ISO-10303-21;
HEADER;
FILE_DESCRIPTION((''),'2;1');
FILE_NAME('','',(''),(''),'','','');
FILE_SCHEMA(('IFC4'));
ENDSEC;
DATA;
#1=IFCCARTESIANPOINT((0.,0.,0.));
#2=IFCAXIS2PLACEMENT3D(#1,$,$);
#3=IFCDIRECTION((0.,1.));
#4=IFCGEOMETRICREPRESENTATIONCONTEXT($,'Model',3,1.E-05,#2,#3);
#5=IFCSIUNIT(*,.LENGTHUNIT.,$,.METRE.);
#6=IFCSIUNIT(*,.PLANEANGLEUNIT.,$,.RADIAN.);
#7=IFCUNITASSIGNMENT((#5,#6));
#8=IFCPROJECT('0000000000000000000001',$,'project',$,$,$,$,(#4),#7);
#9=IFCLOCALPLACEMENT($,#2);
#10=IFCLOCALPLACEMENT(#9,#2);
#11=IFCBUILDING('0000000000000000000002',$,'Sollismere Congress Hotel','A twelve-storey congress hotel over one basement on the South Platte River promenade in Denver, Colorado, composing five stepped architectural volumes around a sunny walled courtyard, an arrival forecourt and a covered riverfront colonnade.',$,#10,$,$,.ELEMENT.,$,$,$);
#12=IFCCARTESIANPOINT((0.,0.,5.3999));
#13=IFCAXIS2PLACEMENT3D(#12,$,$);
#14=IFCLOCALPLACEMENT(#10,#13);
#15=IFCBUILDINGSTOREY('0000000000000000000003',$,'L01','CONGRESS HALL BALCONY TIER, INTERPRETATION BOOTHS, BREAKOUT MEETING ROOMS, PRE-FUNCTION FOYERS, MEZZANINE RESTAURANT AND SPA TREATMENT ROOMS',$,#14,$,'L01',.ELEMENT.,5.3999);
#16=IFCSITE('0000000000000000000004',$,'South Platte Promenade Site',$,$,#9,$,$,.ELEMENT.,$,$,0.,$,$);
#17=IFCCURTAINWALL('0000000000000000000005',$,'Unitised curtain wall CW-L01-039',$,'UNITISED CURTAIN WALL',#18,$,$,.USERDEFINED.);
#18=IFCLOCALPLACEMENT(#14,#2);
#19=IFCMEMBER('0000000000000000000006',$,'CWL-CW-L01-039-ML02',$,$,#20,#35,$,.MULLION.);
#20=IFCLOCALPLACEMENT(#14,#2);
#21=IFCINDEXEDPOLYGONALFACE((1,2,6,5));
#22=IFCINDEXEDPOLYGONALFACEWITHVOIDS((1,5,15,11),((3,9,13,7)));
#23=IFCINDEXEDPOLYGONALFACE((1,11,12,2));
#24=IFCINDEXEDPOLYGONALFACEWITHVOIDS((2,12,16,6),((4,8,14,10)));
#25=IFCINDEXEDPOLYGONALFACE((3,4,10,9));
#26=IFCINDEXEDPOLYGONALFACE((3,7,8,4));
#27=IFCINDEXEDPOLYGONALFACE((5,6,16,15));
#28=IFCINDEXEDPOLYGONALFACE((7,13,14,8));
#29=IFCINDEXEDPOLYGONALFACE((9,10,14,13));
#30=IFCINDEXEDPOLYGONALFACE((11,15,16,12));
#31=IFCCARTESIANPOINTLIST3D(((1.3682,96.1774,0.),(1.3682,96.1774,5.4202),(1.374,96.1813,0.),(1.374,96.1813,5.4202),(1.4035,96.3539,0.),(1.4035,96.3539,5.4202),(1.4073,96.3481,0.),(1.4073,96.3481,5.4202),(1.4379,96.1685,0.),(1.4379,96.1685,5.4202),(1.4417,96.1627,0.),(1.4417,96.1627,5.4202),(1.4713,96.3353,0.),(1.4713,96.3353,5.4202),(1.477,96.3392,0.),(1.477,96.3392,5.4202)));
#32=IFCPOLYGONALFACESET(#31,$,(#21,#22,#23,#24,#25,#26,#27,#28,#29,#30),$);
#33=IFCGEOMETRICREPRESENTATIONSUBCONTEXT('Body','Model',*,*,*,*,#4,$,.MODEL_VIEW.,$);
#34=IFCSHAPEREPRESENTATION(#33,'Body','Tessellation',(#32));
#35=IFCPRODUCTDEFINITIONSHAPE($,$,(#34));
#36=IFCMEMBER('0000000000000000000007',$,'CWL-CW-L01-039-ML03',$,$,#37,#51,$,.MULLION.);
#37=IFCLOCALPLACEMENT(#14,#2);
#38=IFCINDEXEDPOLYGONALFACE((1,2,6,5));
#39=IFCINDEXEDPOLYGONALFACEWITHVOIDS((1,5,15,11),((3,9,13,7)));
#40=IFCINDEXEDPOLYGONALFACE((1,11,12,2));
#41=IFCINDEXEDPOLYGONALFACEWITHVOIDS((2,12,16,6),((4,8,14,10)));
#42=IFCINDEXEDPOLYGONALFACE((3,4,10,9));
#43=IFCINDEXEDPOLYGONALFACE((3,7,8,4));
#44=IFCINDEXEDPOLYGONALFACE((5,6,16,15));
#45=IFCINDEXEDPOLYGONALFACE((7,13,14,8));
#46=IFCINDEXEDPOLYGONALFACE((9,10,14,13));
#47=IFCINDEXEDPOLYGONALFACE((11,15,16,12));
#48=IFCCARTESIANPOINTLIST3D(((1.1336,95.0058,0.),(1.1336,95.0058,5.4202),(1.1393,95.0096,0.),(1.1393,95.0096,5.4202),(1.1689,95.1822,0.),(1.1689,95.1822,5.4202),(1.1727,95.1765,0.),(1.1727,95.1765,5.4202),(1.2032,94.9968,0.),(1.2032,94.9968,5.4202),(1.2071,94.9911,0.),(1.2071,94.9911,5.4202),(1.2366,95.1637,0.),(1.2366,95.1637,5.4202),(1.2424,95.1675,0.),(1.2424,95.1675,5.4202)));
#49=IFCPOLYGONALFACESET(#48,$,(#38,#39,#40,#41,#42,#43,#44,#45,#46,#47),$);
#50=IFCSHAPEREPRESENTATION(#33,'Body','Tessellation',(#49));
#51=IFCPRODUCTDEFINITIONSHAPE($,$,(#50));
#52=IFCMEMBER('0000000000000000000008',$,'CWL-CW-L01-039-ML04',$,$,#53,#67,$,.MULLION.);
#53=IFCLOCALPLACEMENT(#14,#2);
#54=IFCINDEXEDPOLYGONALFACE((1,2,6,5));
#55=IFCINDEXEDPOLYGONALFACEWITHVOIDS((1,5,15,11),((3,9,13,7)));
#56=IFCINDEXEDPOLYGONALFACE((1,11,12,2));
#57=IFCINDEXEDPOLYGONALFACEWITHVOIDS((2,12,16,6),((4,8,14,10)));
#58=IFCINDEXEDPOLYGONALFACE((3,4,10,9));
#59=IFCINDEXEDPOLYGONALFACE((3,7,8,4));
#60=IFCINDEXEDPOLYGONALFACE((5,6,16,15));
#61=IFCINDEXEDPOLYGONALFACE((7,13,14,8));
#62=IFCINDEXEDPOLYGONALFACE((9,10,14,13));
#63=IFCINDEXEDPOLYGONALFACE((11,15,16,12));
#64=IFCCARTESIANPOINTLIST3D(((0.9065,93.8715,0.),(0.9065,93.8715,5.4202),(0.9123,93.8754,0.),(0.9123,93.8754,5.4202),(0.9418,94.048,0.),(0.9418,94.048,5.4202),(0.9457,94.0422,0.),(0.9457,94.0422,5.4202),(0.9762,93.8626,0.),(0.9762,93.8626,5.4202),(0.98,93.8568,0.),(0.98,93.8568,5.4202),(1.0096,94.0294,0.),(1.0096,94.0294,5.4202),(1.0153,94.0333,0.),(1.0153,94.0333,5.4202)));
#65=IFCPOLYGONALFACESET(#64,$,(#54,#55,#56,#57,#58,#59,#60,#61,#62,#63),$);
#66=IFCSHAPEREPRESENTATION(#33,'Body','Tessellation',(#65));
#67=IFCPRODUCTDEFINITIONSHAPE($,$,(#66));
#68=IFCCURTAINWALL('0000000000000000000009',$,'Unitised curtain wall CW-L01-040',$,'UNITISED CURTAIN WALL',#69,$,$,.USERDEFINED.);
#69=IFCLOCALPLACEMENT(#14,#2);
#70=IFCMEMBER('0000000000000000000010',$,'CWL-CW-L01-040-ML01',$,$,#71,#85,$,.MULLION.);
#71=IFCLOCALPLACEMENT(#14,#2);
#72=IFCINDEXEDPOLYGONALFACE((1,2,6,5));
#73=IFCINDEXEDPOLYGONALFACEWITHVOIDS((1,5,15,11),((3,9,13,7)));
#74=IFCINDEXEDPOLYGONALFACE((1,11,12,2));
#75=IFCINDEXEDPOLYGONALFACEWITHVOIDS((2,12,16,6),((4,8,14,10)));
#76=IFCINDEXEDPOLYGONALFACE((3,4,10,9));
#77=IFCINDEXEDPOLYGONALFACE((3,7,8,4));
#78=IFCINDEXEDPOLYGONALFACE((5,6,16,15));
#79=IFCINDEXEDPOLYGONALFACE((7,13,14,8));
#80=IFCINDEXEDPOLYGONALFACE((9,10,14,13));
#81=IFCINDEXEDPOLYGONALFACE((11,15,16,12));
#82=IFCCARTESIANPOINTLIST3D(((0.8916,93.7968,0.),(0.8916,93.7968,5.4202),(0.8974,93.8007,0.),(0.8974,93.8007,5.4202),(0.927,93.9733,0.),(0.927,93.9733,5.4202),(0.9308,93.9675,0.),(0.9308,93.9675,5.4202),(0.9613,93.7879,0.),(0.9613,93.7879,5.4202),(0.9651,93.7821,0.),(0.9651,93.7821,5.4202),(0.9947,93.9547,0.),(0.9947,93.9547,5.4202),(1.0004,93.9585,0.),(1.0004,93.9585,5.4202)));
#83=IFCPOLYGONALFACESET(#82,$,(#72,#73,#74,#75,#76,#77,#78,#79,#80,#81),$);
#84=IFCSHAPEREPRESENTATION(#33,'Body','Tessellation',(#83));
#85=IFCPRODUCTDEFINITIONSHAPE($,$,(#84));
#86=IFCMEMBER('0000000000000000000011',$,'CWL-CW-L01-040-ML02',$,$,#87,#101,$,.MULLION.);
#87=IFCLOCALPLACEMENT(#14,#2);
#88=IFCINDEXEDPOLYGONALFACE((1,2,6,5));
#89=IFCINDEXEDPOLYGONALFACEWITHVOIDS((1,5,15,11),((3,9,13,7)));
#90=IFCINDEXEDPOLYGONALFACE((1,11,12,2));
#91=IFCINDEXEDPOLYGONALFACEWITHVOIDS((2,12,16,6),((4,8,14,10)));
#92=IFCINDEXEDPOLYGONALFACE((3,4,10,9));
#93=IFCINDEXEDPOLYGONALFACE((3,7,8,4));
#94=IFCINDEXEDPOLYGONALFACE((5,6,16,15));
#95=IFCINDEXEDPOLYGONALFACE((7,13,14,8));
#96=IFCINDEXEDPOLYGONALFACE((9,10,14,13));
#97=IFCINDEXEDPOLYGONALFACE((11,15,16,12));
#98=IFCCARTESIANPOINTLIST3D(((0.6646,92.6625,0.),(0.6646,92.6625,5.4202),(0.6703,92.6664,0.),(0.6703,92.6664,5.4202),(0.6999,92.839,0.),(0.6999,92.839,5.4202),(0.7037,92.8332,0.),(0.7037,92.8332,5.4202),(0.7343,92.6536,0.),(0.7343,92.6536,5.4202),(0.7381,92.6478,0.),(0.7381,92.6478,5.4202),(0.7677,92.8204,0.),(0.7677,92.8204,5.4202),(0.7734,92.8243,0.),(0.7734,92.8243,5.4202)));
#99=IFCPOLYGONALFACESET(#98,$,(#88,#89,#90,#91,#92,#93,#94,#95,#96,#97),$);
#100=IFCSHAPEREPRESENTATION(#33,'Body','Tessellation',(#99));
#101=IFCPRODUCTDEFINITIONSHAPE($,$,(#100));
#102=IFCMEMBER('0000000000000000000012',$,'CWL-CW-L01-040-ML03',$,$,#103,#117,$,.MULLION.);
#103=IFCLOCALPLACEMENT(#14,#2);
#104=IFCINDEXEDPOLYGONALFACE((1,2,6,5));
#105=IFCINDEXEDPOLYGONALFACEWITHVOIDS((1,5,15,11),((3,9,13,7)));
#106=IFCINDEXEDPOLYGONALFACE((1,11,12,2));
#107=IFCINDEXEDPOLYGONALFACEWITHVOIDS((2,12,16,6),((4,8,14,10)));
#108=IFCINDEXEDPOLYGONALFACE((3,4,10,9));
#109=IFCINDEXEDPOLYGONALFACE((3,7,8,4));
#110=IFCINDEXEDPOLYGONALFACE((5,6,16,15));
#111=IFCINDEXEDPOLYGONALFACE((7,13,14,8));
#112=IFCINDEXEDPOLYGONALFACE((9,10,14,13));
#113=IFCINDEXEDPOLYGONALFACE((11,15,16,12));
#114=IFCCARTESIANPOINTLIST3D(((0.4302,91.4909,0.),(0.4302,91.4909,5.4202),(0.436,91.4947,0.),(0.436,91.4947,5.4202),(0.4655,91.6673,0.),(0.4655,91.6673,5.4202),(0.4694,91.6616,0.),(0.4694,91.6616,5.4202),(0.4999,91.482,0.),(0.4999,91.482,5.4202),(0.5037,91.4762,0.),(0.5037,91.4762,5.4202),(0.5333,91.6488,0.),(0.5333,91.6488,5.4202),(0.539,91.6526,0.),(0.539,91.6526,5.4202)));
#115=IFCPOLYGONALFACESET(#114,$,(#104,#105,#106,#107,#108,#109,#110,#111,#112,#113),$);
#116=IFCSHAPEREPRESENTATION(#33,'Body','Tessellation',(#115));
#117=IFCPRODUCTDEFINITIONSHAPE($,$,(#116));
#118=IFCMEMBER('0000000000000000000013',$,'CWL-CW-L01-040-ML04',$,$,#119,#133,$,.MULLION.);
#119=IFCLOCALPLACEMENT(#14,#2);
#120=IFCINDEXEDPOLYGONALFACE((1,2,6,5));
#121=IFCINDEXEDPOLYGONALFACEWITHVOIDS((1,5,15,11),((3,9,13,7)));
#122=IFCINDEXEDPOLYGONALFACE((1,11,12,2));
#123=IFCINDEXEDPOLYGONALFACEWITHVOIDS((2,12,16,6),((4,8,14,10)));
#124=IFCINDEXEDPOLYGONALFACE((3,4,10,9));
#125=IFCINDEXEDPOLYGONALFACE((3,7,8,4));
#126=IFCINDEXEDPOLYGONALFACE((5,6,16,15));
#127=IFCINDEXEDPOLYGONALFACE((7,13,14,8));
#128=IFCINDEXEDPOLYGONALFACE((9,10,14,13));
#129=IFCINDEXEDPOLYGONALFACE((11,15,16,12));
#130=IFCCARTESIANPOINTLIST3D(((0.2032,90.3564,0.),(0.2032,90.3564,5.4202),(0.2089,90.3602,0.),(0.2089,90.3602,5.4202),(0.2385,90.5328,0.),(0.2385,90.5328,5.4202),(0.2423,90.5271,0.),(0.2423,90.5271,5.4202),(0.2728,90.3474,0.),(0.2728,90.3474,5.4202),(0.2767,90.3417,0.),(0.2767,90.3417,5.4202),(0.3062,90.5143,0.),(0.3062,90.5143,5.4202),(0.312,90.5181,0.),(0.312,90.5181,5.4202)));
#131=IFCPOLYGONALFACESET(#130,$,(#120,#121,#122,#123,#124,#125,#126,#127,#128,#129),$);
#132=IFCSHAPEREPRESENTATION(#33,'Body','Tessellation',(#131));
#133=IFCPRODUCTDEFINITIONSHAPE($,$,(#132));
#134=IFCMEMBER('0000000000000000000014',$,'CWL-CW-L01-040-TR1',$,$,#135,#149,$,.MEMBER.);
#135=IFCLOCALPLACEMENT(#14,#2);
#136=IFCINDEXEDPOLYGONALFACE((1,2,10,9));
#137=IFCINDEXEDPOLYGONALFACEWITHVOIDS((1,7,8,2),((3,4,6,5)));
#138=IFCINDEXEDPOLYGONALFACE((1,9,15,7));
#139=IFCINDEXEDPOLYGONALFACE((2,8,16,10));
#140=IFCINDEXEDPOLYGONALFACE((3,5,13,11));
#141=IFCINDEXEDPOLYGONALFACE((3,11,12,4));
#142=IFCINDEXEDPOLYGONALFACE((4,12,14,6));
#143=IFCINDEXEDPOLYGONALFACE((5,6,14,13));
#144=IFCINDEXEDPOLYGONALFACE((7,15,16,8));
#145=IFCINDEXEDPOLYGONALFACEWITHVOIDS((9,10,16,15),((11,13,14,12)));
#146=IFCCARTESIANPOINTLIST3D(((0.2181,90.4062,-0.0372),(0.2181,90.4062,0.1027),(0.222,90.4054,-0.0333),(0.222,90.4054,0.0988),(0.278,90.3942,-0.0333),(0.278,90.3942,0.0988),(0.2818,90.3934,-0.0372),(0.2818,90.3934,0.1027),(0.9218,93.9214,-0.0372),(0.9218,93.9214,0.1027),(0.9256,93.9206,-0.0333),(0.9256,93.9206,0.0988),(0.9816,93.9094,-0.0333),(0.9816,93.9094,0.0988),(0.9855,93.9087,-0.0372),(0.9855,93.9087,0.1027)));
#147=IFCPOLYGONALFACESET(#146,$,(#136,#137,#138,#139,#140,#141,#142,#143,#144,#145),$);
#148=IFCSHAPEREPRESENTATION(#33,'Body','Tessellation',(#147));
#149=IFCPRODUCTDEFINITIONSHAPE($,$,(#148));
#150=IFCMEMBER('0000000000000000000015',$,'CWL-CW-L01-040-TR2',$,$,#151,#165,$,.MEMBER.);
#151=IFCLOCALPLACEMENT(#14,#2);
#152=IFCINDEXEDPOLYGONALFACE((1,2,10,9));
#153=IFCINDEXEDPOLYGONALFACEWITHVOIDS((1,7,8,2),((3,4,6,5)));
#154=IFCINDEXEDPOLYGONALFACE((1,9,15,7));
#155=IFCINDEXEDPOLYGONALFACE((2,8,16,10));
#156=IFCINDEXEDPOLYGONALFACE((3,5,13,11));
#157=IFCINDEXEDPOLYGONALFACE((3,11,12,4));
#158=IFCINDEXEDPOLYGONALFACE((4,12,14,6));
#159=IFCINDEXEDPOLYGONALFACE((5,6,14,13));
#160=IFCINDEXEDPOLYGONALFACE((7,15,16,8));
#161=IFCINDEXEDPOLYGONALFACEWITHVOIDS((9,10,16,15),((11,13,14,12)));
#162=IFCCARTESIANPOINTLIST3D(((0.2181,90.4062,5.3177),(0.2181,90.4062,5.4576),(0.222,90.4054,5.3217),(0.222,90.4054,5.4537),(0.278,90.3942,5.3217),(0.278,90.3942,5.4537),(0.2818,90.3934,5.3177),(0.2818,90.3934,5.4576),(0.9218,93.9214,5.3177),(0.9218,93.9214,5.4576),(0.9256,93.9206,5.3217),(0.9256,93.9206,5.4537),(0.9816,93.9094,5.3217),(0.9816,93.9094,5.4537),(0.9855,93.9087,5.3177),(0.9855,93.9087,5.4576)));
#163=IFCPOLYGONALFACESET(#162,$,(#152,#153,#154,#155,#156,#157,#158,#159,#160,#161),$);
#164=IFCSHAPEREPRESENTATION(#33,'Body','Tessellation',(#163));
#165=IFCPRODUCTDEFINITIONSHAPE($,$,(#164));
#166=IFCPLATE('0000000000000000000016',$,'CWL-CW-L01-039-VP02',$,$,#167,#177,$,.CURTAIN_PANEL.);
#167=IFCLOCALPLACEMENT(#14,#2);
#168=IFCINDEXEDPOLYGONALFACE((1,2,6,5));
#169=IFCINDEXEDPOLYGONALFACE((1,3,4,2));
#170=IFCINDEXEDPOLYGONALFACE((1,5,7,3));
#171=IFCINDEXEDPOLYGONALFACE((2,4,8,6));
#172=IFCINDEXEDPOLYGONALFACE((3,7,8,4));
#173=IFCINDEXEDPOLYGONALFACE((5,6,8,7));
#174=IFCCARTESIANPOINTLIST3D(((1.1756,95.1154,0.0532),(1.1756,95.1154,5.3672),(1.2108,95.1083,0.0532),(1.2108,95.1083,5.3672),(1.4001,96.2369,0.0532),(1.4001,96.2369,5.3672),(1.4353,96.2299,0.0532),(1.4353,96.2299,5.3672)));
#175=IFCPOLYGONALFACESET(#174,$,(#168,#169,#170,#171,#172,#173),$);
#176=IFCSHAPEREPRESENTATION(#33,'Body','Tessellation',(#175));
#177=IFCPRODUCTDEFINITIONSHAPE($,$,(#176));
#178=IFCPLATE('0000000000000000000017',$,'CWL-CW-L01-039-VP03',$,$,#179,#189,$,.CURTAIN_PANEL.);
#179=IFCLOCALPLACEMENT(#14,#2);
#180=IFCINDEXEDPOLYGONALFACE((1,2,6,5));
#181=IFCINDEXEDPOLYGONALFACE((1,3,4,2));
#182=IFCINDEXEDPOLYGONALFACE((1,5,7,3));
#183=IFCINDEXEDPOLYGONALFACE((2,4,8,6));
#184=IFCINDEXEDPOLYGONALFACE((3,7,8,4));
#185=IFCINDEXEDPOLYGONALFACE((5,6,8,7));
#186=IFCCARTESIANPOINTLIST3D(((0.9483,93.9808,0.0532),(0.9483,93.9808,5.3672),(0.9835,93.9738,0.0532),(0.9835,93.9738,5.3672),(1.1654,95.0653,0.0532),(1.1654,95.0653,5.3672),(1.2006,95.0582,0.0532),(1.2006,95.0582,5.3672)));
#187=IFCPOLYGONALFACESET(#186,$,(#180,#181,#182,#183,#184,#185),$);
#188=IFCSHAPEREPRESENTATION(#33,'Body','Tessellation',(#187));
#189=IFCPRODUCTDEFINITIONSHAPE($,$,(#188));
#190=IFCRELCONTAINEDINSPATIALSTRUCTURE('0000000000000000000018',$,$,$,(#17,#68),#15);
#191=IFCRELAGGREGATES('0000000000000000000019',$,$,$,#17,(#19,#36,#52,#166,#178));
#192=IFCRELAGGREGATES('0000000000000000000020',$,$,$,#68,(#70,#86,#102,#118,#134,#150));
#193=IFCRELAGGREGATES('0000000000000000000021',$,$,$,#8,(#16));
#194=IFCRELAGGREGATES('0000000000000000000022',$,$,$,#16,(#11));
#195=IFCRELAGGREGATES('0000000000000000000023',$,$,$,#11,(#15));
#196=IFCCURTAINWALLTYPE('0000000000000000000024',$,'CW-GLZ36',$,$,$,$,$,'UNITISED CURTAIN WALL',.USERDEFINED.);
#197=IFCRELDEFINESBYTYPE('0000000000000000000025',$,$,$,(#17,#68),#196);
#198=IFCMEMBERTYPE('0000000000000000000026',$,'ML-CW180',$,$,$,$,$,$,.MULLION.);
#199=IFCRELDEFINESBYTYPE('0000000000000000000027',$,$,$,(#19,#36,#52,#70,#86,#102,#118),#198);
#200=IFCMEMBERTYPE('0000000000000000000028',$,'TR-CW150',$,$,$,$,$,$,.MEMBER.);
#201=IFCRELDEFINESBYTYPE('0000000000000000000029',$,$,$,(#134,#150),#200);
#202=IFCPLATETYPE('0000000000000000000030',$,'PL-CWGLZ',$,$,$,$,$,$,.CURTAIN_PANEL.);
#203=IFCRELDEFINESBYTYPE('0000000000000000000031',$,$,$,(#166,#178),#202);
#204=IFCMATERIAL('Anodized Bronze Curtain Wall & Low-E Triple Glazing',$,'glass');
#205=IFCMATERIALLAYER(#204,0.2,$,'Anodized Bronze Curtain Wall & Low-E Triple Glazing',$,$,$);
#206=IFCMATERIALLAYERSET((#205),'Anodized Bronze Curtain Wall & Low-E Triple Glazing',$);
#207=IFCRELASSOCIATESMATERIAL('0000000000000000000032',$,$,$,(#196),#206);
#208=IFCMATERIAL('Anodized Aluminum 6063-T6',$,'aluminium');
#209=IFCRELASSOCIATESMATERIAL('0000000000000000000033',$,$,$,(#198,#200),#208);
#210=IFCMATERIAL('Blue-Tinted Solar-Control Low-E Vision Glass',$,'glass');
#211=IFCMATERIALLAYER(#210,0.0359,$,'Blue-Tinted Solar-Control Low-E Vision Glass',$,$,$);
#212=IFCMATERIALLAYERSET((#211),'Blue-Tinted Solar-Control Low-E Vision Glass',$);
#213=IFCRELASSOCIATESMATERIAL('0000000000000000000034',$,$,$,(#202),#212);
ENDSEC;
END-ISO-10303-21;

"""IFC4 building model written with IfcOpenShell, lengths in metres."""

from ifc_helpers import new_model, si_unit, direction, frame, origin, origin_2d, place, context, subcontext, project, spatial, rectangle, hollow_rectangle, extrude, material, layer, layer_set, material_profile, profile_set, type_object, element, aggregate, save


model = new_model("IFC4")

# Units and contexts
model_context = context("Model", 3, precision=1e-05, world=origin(), true_north=direction((0.0, 1.0)))
body_context = subcontext(model_context, "Body", "Model", "MODEL_VIEW")
ifc_project = project(units=[si_unit("LENGTHUNIT", "METRE"), si_unit("PLANEANGLEUNIT", "RADIAN")], contexts=[model_context])

# Site, building, storey
site_placement = place(None, origin())
site = spatial("IfcSite", under=ifc_project, at=site_placement, Name="South Platte Promenade Site", CompositionType="ELEMENT", RefElevation=0.0)
building_placement = place(site_placement, origin())
building = spatial("IfcBuilding", under=site, at=building_placement, Name="Sollismere Congress Hotel", Description="A twelve-storey congress hotel over one basement on the South Platte River promenade in Denver, Colorado, composing five stepped architectural volumes around a sunny walled courtyard, an arrival forecourt and a covered riverfront colonnade.", CompositionType="ELEMENT")
storey_placement = place(building_placement, frame((0.0, 0.0, 5.3999)))
storey = spatial("IfcBuildingStorey", under=building, at=storey_placement, Name="L01", Description="CONGRESS HALL BALCONY TIER, INTERPRETATION BOOTHS, BREAKOUT MEETING ROOMS, PRE-FUNCTION FOYERS, MEZZANINE RESTAURANT AND SPA TREATMENT ROOMS", LongName="L01", CompositionType="ELEMENT", Elevation=5.3999)

# Curtain walls, members
ifc_material_1 = material(Name="Anodized Bronze Curtain Wall & Low-E Triple Glazing", Category="glass")
ifc_layer_1 = layer(ifc_material_1, 0.2, Name="Anodized Bronze Curtain Wall & Low-E Triple Glazing")
ifc_layer_set_1 = layer_set([ifc_layer_1], Name="Anodized Bronze Curtain Wall & Low-E Triple Glazing")
curtain_wall_type = type_object("IfcCurtainWallType", Name="CW-GLZ36", ElementType="UNITISED CURTAIN WALL", PredefinedType="USERDEFINED", material=ifc_layer_set_1)
curtain_wall_1_placement = place(storey_placement, origin())
curtain_wall_1 = element("IfcCurtainWall", 1, at=curtain_wall_1_placement, inside=storey, type_object=curtain_wall_type, Name="Unitised curtain wall CW-L01-039", ObjectType="UNITISED CURTAIN WALL", PredefinedType="USERDEFINED")
ifc_material_2 = material(Name="Anodized Aluminum 6063-T6", Category="aluminium")
ifc_material_profile_1 = material_profile(ifc_material_2, hollow_rectangle(XDim=0.075, YDim=0.1799, WallThickness=0.0049, at=origin_2d()), Name="ALU180X75X5")
ifc_profile_set_1 = profile_set([ifc_material_profile_1], Name="Anodized Aluminum 6063-T6")
member_type_1 = type_object("IfcMemberType", Name="ML-CW180", PredefinedType="MULLION", material=ifc_profile_set_1)
member_1_placement = place(storey_placement, frame((1.4226, 96.2583, 0.0), z_axis=(0.0, 0.0, 1.0), x_axis=(0.980553, -0.196254, 0.0)))
member_1 = element("IfcMember", 2, at=member_1_placement, type_object=member_type_1, Name="CWL-CW-L01-039-ML02", PredefinedType="MULLION", context=body_context, shape_type="SweptSolid", body=[
    extrude(hollow_rectangle(XDim=0.075, YDim=0.1799, WallThickness=0.0049, at=origin_2d()), origin(), (0.0, 0.0, 1.0), 5.4202),
])
member_2_placement = place(storey_placement, frame((1.188, 95.0867, 0.0), z_axis=(0.0, 0.0, 1.0), x_axis=(0.980553, -0.196254, 0.0)))
member_2 = element("IfcMember", 3, at=member_2_placement, type_object=member_type_1, Name="CWL-CW-L01-039-ML03", PredefinedType="MULLION", context=body_context, shape_type="SweptSolid", body=[
    extrude(hollow_rectangle(XDim=0.075, YDim=0.1799, WallThickness=0.0049, at=origin_2d()), origin(), (0.0, 0.0, 1.0), 5.4202),
])
member_3_placement = place(storey_placement, frame((0.9609, 93.9524, 0.0), z_axis=(0.0, 0.0, 1.0), x_axis=(0.980553, -0.196254, 0.0)))
member_3 = element("IfcMember", 4, at=member_3_placement, type_object=member_type_1, Name="CWL-CW-L01-039-ML04", PredefinedType="MULLION", context=body_context, shape_type="SweptSolid", body=[
    extrude(hollow_rectangle(XDim=0.075, YDim=0.1799, WallThickness=0.0049, at=origin_2d()), origin(), (0.0, 0.0, 1.0), 5.4202),
])
curtain_wall_2_placement = place(storey_placement, origin())
curtain_wall_2 = element("IfcCurtainWall", 5, at=curtain_wall_2_placement, inside=storey, type_object=curtain_wall_type, Name="Unitised curtain wall CW-L01-040", ObjectType="UNITISED CURTAIN WALL", PredefinedType="USERDEFINED")
member_4_placement = place(storey_placement, frame((0.946, 93.8777, 0.0), z_axis=(0.0, 0.0, 1.0), x_axis=(0.980553, -0.196254, 0.0)))
member_4 = element("IfcMember", 6, at=member_4_placement, type_object=member_type_1, Name="CWL-CW-L01-040-ML01", PredefinedType="MULLION", context=body_context, shape_type="SweptSolid", body=[
    extrude(hollow_rectangle(XDim=0.075, YDim=0.1799, WallThickness=0.0049, at=origin_2d()), origin(), (0.0, 0.0, 1.0), 5.4202),
])
member_5_placement = place(storey_placement, frame((0.719, 92.7434, 0.0), z_axis=(0.0, 0.0, 1.0), x_axis=(0.980553, -0.196254, 0.0)))
member_5 = element("IfcMember", 7, at=member_5_placement, type_object=member_type_1, Name="CWL-CW-L01-040-ML02", PredefinedType="MULLION", context=body_context, shape_type="SweptSolid", body=[
    extrude(hollow_rectangle(XDim=0.075, YDim=0.1799, WallThickness=0.0049, at=origin_2d()), origin(), (0.0, 0.0, 1.0), 5.4202),
])
member_6_placement = place(storey_placement, frame((0.4846, 91.5718, 0.0), z_axis=(0.0, 0.0, 1.0), x_axis=(0.980553, -0.196254, 0.0)))
member_6 = element("IfcMember", 8, at=member_6_placement, type_object=member_type_1, Name="CWL-CW-L01-040-ML03", PredefinedType="MULLION", context=body_context, shape_type="SweptSolid", body=[
    extrude(hollow_rectangle(XDim=0.075, YDim=0.1799, WallThickness=0.0049, at=origin_2d()), origin(), (0.0, 0.0, 1.0), 5.4202),
])
member_7_placement = place(storey_placement, frame((0.2576, 90.4373, 0.0), z_axis=(0.0, 0.0, 1.0), x_axis=(0.980553, -0.196254, 0.0)))
member_7 = element("IfcMember", 9, at=member_7_placement, type_object=member_type_1, Name="CWL-CW-L01-040-ML04", PredefinedType="MULLION", context=body_context, shape_type="SweptSolid", body=[
    extrude(hollow_rectangle(XDim=0.075, YDim=0.1799, WallThickness=0.0049, at=origin_2d()), origin(), (0.0, 0.0, 1.0), 5.4202),
])
ifc_material_profile_2 = material_profile(ifc_material_2, hollow_rectangle(XDim=0.0649, YDim=0.1399, WallThickness=0.0039, at=origin_2d()), Name="ALU140X65X4")
ifc_profile_set_2 = profile_set([ifc_material_profile_2], Name="Anodized Aluminum 6063-T6")
member_type_2 = type_object("IfcMemberType", Name="TR-CW150", PredefinedType="MEMBER", material=ifc_profile_set_2)
member_8_placement = place(storey_placement, frame((0.9536, 93.915, 0.0327), z_axis=(-0.196273, -0.980549, 0.0), x_axis=(0.980549, -0.196273, 0.0)))
member_8 = element("IfcMember", 10, at=member_8_placement, type_object=member_type_2, Name="CWL-CW-L01-040-TR1", PredefinedType="MEMBER", context=body_context, shape_type="SweptSolid", body=[
    extrude(hollow_rectangle(XDim=0.0649, YDim=0.1399, WallThickness=0.0039, at=origin_2d()), origin(), (0.0, 0.0, 1.0), 3.585),
])
member_9_placement = place(storey_placement, frame((0.9536, 93.915, 5.3877), z_axis=(-0.196273, -0.980549, 0.0), x_axis=(0.980549, -0.196273, 0.0)))
member_9 = element("IfcMember", 11, at=member_9_placement, type_object=member_type_2, Name="CWL-CW-L01-040-TR2", PredefinedType="MEMBER", context=body_context, shape_type="SweptSolid", body=[
    extrude(hollow_rectangle(XDim=0.0649, YDim=0.1399, WallThickness=0.0039, at=origin_2d()), origin(), (0.0, 0.0, 1.0), 3.585),
])

# Plates
ifc_material_3 = material(Name="Blue-Tinted Solar-Control Low-E Vision Glass", Category="glass")
ifc_layer_2 = layer(ifc_material_3, 0.0359, Name="Blue-Tinted Solar-Control Low-E Vision Glass")
ifc_layer_set_2 = layer_set([ifc_layer_2], Name="Blue-Tinted Solar-Control Low-E Vision Glass")
plate_type = type_object("IfcPlateType", Name="PL-CWGLZ", PredefinedType="CURTAIN_PANEL", material=ifc_layer_set_2)
plate_1_placement = place(storey_placement, frame((1.3054, 95.6726, 0.0532), z_axis=(0.0, 0.0, 1.0), x_axis=(-0.196254, -0.980553, 0.0)))
plate_1 = element("IfcPlate", 12, at=plate_1_placement, type_object=plate_type, Name="CWL-CW-L01-039-VP02", PredefinedType="CURTAIN_PANEL", context=body_context, shape_type="SweptSolid", body=[
    extrude(rectangle(XDim=1.1438, YDim=0.0359, at=origin_2d()), origin(), (0.0, 0.0, 1.0), 5.314),
])
plate_2_placement = place(storey_placement, frame((1.0745, 94.5195, 0.0532), z_axis=(0.0, 0.0, 1.0), x_axis=(-0.196254, -0.980553, 0.0)))
plate_2 = element("IfcPlate", 13, at=plate_2_placement, type_object=plate_type, Name="CWL-CW-L01-039-VP03", PredefinedType="CURTAIN_PANEL", context=body_context, shape_type="SweptSolid", body=[
    extrude(rectangle(XDim=1.106, YDim=0.0359, at=origin_2d()), origin(), (0.0, 0.0, 1.0), 5.314),
])
aggregate(curtain_wall_1, [member_1, member_2, member_3, plate_1, plate_2])
aggregate(curtain_wall_2, [member_4, member_5, member_6, member_7, member_8, member_9])

save(model, "model.ifc")
